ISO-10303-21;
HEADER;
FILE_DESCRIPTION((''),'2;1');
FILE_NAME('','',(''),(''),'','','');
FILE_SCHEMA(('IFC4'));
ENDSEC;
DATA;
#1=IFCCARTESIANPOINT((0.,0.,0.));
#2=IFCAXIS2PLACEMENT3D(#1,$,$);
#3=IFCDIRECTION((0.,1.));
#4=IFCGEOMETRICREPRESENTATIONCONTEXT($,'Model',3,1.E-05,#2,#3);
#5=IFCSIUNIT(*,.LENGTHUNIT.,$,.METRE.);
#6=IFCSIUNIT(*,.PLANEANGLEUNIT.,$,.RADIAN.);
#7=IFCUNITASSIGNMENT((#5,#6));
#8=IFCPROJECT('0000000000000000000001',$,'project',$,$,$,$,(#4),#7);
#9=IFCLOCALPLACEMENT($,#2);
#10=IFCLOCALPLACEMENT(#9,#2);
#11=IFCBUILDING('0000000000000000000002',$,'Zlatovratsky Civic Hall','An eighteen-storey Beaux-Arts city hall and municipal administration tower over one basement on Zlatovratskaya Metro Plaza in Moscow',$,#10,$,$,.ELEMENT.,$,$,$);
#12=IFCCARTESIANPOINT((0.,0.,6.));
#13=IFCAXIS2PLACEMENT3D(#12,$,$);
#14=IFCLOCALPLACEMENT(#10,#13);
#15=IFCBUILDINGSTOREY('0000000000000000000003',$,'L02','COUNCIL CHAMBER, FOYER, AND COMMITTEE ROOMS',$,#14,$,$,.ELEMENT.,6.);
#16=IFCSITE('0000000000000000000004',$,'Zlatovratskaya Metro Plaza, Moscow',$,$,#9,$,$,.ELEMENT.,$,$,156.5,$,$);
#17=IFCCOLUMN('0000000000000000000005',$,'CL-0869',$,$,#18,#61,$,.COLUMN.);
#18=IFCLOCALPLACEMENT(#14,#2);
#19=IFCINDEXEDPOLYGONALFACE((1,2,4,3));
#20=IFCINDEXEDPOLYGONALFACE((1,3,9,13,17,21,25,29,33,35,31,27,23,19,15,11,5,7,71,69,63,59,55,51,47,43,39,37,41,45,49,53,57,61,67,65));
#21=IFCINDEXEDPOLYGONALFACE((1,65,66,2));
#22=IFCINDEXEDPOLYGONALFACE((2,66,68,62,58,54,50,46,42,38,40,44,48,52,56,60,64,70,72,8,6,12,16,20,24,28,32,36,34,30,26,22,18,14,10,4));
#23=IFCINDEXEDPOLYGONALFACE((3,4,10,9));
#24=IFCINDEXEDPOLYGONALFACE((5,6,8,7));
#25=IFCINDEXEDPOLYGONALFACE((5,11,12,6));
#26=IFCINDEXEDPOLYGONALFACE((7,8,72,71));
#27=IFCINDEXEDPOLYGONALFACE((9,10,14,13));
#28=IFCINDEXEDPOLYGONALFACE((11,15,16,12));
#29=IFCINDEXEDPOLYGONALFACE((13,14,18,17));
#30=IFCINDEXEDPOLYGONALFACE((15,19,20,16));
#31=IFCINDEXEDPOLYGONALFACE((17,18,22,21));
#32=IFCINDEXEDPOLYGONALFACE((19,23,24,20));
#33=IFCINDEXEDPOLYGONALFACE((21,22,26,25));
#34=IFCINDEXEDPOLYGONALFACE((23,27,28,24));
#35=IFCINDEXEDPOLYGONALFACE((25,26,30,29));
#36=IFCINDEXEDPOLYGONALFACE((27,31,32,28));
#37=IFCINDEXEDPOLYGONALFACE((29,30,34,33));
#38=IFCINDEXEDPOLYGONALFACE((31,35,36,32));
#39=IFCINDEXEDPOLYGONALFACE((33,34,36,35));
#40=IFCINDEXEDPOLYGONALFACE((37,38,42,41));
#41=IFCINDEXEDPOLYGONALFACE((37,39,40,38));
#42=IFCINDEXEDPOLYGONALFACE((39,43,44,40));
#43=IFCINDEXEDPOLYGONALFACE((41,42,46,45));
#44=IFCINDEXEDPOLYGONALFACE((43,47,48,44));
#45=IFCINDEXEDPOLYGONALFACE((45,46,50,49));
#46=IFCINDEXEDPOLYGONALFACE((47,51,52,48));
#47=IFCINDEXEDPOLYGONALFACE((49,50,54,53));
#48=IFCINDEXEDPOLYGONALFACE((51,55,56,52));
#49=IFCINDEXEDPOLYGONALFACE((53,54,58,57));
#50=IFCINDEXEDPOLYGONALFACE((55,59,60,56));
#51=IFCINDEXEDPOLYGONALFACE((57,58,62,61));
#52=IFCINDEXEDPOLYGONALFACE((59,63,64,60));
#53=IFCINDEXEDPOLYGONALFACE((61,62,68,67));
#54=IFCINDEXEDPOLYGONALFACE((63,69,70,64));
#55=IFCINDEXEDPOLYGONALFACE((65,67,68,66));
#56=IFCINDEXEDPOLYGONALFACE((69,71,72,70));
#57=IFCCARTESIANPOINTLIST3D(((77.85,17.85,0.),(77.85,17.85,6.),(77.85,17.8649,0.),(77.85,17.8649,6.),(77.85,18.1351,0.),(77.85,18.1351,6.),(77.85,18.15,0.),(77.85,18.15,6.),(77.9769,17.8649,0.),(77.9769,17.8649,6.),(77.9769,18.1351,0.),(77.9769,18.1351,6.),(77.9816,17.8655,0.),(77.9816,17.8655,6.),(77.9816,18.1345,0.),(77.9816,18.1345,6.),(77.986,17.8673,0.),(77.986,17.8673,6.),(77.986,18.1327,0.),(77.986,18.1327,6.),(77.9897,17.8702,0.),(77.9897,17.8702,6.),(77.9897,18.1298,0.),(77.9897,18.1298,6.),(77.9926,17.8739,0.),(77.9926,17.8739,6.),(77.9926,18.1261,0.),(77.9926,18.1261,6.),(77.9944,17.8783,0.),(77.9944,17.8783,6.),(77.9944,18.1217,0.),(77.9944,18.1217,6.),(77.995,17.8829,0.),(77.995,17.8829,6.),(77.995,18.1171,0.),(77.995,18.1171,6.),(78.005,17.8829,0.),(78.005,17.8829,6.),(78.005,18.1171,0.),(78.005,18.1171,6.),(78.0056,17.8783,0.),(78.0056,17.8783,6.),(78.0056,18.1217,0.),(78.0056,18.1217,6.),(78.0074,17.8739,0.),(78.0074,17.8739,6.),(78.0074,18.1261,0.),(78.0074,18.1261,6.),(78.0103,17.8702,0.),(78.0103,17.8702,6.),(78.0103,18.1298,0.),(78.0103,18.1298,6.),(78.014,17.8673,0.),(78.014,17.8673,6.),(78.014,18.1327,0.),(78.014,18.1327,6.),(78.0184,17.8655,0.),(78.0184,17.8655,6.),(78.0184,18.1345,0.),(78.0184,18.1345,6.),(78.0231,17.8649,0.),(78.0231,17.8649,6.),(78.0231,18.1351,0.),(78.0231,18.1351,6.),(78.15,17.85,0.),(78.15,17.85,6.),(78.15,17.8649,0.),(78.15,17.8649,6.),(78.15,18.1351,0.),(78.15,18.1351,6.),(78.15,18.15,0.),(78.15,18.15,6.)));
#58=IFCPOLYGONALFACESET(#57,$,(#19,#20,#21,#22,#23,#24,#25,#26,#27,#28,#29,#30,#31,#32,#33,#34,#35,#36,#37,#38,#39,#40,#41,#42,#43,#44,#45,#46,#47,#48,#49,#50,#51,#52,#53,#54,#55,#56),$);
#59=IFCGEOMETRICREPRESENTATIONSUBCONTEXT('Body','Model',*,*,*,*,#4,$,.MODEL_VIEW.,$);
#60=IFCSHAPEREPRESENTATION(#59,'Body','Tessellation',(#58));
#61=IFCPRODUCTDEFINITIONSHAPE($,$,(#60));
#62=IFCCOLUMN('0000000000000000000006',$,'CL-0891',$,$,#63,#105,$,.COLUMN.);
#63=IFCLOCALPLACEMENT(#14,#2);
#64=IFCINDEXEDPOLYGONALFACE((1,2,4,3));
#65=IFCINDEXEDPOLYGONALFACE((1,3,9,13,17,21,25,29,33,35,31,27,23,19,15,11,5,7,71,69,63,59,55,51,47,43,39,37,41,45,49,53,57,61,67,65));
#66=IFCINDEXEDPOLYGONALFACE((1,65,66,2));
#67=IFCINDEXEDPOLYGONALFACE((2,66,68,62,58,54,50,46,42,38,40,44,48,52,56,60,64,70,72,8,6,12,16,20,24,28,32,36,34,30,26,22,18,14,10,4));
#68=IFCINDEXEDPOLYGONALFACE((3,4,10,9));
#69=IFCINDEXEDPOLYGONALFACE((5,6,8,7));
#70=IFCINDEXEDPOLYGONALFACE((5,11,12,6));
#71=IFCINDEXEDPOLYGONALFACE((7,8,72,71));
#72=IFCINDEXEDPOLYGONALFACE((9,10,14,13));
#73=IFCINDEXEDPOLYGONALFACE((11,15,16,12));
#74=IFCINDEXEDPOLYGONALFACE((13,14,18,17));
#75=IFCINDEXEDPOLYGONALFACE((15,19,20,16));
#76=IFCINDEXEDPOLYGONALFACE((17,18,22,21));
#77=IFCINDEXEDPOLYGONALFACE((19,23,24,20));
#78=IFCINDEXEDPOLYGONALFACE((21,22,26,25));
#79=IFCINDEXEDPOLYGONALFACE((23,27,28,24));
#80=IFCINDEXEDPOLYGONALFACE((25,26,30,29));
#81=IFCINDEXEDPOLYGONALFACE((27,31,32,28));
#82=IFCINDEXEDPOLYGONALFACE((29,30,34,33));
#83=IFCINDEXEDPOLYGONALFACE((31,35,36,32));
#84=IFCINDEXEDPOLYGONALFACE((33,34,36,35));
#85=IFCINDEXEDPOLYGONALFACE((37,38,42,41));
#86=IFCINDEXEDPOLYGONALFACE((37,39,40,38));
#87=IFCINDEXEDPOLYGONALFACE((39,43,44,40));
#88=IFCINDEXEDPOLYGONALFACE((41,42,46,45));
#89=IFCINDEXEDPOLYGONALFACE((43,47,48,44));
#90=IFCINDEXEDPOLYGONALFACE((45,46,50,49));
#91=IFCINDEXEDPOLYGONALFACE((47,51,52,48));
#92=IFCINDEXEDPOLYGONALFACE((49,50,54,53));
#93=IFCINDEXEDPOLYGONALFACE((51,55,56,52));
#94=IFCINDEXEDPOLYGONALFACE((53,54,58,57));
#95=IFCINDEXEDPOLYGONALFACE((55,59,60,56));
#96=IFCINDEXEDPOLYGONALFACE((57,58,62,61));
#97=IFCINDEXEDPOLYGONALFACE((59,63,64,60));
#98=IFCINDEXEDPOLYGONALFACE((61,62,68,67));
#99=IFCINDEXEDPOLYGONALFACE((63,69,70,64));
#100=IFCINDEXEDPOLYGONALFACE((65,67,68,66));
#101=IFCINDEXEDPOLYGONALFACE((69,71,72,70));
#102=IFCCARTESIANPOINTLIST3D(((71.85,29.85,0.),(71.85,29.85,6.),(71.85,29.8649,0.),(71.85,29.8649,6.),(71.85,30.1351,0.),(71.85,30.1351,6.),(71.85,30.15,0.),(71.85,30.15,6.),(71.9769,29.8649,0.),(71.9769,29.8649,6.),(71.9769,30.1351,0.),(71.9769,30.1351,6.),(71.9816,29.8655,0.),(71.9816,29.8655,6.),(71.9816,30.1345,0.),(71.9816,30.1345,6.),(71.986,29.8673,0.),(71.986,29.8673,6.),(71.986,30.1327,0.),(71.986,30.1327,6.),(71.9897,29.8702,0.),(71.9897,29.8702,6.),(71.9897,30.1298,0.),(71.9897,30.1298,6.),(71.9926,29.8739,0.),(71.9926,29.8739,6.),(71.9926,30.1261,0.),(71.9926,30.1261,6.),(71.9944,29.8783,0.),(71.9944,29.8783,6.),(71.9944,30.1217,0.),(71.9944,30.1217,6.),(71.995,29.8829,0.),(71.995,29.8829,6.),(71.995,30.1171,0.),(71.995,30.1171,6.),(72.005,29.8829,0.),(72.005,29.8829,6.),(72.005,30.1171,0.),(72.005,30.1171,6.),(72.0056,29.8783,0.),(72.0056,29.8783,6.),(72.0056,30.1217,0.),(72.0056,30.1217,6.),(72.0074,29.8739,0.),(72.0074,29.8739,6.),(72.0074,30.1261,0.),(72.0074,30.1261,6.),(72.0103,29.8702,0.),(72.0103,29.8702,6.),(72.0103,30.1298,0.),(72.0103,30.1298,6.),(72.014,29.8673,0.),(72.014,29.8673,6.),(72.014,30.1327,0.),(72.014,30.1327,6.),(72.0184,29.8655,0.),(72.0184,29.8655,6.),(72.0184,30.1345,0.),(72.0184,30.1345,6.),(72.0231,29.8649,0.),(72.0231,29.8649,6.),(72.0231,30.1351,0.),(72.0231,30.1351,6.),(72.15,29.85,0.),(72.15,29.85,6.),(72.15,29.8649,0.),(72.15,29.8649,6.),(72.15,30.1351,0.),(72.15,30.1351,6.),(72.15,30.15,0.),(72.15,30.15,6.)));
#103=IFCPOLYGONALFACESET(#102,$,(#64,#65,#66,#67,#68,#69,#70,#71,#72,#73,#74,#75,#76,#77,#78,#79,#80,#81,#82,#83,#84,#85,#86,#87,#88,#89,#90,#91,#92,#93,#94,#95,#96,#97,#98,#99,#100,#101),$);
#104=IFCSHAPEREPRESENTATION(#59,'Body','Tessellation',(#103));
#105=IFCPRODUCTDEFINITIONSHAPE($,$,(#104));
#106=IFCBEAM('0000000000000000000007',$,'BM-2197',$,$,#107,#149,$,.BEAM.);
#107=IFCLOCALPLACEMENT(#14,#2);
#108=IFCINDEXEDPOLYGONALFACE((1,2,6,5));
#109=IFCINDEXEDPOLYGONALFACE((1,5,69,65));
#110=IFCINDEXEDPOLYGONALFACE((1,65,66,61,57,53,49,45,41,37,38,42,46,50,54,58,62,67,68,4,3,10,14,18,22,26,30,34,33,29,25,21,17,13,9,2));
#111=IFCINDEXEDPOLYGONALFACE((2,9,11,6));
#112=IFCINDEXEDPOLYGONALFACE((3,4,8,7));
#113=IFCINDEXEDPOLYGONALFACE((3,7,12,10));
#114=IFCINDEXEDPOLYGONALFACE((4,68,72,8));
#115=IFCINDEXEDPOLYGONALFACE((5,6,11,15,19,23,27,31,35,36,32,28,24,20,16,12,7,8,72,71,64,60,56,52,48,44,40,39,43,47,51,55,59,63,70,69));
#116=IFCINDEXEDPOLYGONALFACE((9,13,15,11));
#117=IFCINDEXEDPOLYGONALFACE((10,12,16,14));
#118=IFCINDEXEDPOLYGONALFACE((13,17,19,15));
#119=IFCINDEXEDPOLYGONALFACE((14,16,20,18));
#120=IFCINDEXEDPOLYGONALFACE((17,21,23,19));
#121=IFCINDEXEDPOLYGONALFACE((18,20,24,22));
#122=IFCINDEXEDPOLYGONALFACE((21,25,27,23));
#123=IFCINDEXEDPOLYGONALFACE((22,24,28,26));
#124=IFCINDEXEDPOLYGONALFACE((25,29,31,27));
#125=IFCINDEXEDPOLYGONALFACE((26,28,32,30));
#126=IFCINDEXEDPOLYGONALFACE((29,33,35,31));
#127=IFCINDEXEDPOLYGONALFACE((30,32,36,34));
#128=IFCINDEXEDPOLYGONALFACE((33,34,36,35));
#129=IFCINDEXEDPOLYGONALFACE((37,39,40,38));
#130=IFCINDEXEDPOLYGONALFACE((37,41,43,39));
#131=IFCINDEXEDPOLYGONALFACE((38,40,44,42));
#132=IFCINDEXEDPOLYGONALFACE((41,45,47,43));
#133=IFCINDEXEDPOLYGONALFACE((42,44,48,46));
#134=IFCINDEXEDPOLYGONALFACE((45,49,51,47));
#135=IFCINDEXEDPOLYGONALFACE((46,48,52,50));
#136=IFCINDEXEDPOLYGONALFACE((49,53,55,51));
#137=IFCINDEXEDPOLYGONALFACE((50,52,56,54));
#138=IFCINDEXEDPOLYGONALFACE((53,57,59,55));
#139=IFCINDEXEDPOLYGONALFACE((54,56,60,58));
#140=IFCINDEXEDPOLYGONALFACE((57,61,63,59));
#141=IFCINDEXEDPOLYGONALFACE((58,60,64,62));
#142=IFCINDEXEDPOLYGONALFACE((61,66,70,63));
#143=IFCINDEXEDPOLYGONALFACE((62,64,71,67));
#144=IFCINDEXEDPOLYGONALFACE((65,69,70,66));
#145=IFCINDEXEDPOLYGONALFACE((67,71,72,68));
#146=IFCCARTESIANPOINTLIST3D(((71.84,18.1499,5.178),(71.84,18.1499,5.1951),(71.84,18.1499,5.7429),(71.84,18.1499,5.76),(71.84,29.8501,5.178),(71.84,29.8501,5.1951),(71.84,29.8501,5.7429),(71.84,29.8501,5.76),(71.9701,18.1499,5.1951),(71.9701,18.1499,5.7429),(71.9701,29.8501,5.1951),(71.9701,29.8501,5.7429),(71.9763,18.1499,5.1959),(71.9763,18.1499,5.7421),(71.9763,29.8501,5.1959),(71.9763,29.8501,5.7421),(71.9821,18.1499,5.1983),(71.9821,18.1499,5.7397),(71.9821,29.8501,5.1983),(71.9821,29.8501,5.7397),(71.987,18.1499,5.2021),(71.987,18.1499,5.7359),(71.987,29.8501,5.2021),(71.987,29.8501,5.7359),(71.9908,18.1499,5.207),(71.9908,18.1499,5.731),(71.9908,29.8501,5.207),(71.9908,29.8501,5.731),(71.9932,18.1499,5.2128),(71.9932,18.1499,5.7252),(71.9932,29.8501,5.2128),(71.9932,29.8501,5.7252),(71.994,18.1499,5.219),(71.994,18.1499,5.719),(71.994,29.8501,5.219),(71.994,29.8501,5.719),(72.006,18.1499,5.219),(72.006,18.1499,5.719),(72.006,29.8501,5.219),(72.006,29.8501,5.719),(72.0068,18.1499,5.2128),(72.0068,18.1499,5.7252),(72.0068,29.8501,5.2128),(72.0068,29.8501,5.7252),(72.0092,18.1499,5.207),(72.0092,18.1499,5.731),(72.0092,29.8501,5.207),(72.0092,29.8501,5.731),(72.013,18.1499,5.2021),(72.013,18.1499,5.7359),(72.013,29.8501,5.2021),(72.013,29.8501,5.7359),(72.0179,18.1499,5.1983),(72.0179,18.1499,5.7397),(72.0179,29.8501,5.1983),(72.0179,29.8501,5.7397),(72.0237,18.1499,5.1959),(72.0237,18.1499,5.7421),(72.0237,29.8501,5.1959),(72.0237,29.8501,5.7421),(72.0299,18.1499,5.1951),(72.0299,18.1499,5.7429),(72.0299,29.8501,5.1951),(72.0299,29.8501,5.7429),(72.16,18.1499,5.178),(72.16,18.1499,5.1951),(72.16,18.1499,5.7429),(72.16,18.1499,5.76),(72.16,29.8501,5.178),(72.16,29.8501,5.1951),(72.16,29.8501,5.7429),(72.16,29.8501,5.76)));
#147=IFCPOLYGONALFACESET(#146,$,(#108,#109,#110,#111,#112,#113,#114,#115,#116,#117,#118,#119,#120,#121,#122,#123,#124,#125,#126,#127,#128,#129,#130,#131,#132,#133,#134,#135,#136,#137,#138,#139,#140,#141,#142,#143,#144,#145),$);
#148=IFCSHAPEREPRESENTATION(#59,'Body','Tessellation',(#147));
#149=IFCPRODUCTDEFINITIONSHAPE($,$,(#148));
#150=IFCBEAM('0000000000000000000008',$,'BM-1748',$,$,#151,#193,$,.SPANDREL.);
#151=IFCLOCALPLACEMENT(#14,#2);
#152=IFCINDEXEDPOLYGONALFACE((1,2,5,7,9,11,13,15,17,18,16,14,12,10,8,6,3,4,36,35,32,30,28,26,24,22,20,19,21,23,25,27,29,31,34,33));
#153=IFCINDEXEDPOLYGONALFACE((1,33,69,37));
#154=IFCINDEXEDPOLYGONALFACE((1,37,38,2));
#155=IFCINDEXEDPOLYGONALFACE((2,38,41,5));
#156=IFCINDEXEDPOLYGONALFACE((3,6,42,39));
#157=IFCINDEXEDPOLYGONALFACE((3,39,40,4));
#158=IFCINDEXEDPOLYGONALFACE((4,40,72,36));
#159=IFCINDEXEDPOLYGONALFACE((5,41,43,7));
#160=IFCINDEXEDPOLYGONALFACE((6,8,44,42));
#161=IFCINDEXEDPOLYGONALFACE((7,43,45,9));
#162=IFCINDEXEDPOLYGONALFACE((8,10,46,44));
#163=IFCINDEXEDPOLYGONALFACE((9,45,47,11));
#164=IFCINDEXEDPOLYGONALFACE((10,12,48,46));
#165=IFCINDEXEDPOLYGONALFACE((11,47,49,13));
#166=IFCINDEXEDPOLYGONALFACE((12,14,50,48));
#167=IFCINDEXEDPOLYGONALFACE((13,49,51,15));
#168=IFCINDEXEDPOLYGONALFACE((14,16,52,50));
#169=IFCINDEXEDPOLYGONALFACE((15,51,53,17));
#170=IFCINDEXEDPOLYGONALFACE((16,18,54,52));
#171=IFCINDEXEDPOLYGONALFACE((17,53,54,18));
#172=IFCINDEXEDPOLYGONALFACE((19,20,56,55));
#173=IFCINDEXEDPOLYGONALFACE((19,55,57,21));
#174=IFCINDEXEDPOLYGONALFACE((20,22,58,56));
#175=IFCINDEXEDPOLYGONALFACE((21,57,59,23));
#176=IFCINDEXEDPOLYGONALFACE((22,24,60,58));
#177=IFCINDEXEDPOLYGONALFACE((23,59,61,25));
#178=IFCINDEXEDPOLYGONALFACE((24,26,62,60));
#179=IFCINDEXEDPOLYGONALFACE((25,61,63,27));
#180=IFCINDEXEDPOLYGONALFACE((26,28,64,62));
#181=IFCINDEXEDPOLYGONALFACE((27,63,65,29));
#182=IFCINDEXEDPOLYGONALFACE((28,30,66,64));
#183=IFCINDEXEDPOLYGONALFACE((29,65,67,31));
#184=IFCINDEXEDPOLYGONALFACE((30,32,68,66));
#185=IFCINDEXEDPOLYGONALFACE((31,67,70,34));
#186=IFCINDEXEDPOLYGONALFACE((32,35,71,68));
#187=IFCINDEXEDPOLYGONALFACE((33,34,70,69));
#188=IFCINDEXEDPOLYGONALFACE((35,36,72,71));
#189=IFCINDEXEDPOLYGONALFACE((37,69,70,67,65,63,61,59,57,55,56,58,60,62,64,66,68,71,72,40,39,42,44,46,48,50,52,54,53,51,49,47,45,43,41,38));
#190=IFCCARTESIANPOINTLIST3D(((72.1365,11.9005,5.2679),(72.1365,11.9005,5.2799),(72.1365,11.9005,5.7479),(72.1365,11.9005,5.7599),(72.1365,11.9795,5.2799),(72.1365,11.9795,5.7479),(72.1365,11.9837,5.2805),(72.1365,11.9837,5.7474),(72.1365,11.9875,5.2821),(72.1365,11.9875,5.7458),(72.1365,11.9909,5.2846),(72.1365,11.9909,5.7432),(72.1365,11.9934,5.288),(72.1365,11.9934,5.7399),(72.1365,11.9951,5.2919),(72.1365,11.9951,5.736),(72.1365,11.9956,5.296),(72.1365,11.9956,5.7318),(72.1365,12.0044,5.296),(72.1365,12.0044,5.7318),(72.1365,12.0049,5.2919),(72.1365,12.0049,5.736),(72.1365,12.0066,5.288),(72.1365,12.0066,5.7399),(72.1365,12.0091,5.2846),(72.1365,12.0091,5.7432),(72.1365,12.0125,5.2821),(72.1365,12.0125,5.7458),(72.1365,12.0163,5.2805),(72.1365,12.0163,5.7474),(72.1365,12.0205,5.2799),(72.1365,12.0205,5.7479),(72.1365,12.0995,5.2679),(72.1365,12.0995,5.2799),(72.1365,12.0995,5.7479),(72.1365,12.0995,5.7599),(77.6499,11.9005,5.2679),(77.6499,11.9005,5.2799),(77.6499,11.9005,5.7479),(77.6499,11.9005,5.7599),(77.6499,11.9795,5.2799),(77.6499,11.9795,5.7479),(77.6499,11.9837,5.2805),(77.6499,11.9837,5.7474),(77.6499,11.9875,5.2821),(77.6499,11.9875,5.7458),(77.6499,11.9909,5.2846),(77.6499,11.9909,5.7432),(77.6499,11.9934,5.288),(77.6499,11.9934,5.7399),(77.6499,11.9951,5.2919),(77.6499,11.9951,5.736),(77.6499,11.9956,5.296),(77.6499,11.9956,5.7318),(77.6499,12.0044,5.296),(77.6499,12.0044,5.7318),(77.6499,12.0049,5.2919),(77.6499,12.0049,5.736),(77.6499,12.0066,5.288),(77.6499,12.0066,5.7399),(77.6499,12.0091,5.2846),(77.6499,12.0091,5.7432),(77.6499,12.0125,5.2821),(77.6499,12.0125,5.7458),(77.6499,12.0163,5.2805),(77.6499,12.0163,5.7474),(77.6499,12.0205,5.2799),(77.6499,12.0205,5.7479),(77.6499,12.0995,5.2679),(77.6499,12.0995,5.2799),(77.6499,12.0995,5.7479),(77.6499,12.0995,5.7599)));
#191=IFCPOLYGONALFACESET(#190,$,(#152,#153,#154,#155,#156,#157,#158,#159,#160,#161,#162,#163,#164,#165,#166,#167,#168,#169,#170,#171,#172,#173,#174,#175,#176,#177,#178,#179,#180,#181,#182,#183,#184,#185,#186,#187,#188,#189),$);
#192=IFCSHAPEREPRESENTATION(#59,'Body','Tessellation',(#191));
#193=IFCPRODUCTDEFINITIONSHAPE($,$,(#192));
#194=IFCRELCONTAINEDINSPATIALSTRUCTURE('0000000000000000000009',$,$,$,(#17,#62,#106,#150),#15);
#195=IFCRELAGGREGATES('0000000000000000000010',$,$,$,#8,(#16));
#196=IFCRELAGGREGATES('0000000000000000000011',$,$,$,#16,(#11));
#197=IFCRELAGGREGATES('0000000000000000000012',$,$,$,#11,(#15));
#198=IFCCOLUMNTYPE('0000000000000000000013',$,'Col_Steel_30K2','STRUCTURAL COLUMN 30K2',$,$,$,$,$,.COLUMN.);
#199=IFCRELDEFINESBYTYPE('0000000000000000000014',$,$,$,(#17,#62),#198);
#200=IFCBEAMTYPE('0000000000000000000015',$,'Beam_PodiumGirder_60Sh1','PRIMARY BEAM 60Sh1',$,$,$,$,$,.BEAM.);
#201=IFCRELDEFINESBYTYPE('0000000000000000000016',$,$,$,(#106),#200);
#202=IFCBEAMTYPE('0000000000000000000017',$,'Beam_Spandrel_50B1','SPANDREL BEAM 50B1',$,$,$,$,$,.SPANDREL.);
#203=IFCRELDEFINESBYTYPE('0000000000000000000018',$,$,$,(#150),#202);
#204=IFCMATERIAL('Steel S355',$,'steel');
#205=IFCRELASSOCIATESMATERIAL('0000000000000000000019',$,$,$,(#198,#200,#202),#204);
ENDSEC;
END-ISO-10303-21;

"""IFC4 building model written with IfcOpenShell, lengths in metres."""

from ifc_helpers import new_model, si_unit, direction, frame, origin, origin_2d, place, context, subcontext, project, spatial, i_section, extrude, material, material_profile, profile_set, type_object, element, save


model = new_model("IFC4")

# Units and contexts
model_context = context("Model", 3, precision=1e-05, world=origin(), true_north=direction((0.0, 1.0)))
body_context = subcontext(model_context, "Body", "Model", "MODEL_VIEW")
ifc_project = project(units=[si_unit("LENGTHUNIT", "METRE"), si_unit("PLANEANGLEUNIT", "RADIAN")], contexts=[model_context])

# Site, building, storey
site_placement = place(None, origin())
site = spatial("IfcSite", under=ifc_project, at=site_placement, Name="Zlatovratskaya Metro Plaza, Moscow", CompositionType="ELEMENT", RefElevation=156.5)
building_placement = place(site_placement, origin())
building = spatial("IfcBuilding", under=site, at=building_placement, Name="Zlatovratsky Civic Hall", Description="An eighteen-storey Beaux-Arts city hall and municipal administration tower over one basement on Zlatovratskaya Metro Plaza in Moscow", CompositionType="ELEMENT")
storey_placement = place(building_placement, frame((0.0, 0.0, 6.0)))
storey = spatial("IfcBuildingStorey", under=building, at=storey_placement, Name="L02", Description="COUNCIL CHAMBER, FOYER, AND COMMITTEE ROOMS", CompositionType="ELEMENT", Elevation=6.0)

# Columns
ifc_material_1 = material(Name="Steel S355", Category="steel")
ifc_material_profile_1 = material_profile(ifc_material_1, i_section(OverallWidth=0.3, OverallDepth=0.3, WebThickness=0.01, FlangeThickness=0.0149, FilletRadius=0.0181, at=origin_2d()), Name="30K2")
ifc_profile_set_1 = profile_set([ifc_material_profile_1], Name="Steel S355")
column_type_1 = type_object("IfcColumnType", Name="Col_Steel_30K2", Description="STRUCTURAL COLUMN 30K2", PredefinedType="COLUMN", material=ifc_profile_set_1)
for number, where, z_axis, x_axis, name in (
    (1, (78.0, 18.0, 0.0), (0.0, 0.0, 1.0), (1.0, 0.0, 0.0), "CL-0869"),
    (2, (72.0, 30.0, 0.0), (0.0, 0.0, 1.0), (1.0, 0.0, 0.0), "CL-0891"),
):
    element("IfcColumn", number, at=place(storey_placement, frame(where, z_axis=z_axis, x_axis=x_axis)), inside=storey, type_object=column_type_1, Name=name, PredefinedType="COLUMN", context=body_context, shape_type="SweptSolid", body=[
        extrude(i_section(OverallWidth=0.3, OverallDepth=0.3, WebThickness=0.01, FlangeThickness=0.0149, FilletRadius=0.0181, at=origin_2d()), origin(), (0.0, 0.0, 1.0), 6.0),
    ])

# Beams
ifc_material_profile_2 = material_profile(ifc_material_1, i_section(OverallWidth=0.3201, OverallDepth=0.582, WebThickness=0.012, FlangeThickness=0.0171, FilletRadius=0.0239, at=origin_2d()), Name="60Sh1")
ifc_profile_set_2 = profile_set([ifc_material_profile_2], Name="Steel S355")
beam_type_1 = type_object("IfcBeamType", Name="Beam_PodiumGirder_60Sh1", Description="PRIMARY BEAM 60Sh1", PredefinedType="BEAM", material=ifc_profile_set_2)
beam_1_placement = place(storey_placement, frame((72.0, 18.1499, 5.469), z_axis=(0.0, 1.0, 0.0), x_axis=(-1.0, 0.0, 0.0)))
element("IfcBeam", 3, at=beam_1_placement, inside=storey, type_object=beam_type_1, Name="BM-2197", PredefinedType="BEAM", context=body_context, shape_type="SweptSolid", body=[
    extrude(i_section(OverallWidth=0.3201, OverallDepth=0.582, WebThickness=0.012, FlangeThickness=0.0171, FilletRadius=0.0239, at=origin_2d()), origin(), (0.0, 0.0, 1.0), 11.7002),
])
ifc_material_profile_3 = material_profile(ifc_material_1, i_section(OverallWidth=0.199, OverallDepth=0.4919, WebThickness=0.0088, FlangeThickness=0.012, FilletRadius=0.0161, at=origin_2d()), Name="50B1")
ifc_profile_set_3 = profile_set([ifc_material_profile_3], Name="Steel S355")
beam_type_2 = type_object("IfcBeamType", Name="Beam_Spandrel_50B1", Description="SPANDREL BEAM 50B1", PredefinedType="SPANDREL", material=ifc_profile_set_3)
beam_2_placement = place(storey_placement, frame((72.1365, 12.0, 5.5139), z_axis=(1.0, 0.0, 0.0), x_axis=(0.0, 1.0, 0.0)))
element("IfcBeam", 4, at=beam_2_placement, inside=storey, type_object=beam_type_2, Name="BM-1748", PredefinedType="SPANDREL", context=body_context, shape_type="SweptSolid", body=[
    extrude(i_section(OverallWidth=0.199, OverallDepth=0.4919, WebThickness=0.0088, FlangeThickness=0.012, FilletRadius=0.0161, at=origin_2d()), origin(), (0.0, 0.0, 1.0), 5.5134),
])

save(model, "model.ifc")
